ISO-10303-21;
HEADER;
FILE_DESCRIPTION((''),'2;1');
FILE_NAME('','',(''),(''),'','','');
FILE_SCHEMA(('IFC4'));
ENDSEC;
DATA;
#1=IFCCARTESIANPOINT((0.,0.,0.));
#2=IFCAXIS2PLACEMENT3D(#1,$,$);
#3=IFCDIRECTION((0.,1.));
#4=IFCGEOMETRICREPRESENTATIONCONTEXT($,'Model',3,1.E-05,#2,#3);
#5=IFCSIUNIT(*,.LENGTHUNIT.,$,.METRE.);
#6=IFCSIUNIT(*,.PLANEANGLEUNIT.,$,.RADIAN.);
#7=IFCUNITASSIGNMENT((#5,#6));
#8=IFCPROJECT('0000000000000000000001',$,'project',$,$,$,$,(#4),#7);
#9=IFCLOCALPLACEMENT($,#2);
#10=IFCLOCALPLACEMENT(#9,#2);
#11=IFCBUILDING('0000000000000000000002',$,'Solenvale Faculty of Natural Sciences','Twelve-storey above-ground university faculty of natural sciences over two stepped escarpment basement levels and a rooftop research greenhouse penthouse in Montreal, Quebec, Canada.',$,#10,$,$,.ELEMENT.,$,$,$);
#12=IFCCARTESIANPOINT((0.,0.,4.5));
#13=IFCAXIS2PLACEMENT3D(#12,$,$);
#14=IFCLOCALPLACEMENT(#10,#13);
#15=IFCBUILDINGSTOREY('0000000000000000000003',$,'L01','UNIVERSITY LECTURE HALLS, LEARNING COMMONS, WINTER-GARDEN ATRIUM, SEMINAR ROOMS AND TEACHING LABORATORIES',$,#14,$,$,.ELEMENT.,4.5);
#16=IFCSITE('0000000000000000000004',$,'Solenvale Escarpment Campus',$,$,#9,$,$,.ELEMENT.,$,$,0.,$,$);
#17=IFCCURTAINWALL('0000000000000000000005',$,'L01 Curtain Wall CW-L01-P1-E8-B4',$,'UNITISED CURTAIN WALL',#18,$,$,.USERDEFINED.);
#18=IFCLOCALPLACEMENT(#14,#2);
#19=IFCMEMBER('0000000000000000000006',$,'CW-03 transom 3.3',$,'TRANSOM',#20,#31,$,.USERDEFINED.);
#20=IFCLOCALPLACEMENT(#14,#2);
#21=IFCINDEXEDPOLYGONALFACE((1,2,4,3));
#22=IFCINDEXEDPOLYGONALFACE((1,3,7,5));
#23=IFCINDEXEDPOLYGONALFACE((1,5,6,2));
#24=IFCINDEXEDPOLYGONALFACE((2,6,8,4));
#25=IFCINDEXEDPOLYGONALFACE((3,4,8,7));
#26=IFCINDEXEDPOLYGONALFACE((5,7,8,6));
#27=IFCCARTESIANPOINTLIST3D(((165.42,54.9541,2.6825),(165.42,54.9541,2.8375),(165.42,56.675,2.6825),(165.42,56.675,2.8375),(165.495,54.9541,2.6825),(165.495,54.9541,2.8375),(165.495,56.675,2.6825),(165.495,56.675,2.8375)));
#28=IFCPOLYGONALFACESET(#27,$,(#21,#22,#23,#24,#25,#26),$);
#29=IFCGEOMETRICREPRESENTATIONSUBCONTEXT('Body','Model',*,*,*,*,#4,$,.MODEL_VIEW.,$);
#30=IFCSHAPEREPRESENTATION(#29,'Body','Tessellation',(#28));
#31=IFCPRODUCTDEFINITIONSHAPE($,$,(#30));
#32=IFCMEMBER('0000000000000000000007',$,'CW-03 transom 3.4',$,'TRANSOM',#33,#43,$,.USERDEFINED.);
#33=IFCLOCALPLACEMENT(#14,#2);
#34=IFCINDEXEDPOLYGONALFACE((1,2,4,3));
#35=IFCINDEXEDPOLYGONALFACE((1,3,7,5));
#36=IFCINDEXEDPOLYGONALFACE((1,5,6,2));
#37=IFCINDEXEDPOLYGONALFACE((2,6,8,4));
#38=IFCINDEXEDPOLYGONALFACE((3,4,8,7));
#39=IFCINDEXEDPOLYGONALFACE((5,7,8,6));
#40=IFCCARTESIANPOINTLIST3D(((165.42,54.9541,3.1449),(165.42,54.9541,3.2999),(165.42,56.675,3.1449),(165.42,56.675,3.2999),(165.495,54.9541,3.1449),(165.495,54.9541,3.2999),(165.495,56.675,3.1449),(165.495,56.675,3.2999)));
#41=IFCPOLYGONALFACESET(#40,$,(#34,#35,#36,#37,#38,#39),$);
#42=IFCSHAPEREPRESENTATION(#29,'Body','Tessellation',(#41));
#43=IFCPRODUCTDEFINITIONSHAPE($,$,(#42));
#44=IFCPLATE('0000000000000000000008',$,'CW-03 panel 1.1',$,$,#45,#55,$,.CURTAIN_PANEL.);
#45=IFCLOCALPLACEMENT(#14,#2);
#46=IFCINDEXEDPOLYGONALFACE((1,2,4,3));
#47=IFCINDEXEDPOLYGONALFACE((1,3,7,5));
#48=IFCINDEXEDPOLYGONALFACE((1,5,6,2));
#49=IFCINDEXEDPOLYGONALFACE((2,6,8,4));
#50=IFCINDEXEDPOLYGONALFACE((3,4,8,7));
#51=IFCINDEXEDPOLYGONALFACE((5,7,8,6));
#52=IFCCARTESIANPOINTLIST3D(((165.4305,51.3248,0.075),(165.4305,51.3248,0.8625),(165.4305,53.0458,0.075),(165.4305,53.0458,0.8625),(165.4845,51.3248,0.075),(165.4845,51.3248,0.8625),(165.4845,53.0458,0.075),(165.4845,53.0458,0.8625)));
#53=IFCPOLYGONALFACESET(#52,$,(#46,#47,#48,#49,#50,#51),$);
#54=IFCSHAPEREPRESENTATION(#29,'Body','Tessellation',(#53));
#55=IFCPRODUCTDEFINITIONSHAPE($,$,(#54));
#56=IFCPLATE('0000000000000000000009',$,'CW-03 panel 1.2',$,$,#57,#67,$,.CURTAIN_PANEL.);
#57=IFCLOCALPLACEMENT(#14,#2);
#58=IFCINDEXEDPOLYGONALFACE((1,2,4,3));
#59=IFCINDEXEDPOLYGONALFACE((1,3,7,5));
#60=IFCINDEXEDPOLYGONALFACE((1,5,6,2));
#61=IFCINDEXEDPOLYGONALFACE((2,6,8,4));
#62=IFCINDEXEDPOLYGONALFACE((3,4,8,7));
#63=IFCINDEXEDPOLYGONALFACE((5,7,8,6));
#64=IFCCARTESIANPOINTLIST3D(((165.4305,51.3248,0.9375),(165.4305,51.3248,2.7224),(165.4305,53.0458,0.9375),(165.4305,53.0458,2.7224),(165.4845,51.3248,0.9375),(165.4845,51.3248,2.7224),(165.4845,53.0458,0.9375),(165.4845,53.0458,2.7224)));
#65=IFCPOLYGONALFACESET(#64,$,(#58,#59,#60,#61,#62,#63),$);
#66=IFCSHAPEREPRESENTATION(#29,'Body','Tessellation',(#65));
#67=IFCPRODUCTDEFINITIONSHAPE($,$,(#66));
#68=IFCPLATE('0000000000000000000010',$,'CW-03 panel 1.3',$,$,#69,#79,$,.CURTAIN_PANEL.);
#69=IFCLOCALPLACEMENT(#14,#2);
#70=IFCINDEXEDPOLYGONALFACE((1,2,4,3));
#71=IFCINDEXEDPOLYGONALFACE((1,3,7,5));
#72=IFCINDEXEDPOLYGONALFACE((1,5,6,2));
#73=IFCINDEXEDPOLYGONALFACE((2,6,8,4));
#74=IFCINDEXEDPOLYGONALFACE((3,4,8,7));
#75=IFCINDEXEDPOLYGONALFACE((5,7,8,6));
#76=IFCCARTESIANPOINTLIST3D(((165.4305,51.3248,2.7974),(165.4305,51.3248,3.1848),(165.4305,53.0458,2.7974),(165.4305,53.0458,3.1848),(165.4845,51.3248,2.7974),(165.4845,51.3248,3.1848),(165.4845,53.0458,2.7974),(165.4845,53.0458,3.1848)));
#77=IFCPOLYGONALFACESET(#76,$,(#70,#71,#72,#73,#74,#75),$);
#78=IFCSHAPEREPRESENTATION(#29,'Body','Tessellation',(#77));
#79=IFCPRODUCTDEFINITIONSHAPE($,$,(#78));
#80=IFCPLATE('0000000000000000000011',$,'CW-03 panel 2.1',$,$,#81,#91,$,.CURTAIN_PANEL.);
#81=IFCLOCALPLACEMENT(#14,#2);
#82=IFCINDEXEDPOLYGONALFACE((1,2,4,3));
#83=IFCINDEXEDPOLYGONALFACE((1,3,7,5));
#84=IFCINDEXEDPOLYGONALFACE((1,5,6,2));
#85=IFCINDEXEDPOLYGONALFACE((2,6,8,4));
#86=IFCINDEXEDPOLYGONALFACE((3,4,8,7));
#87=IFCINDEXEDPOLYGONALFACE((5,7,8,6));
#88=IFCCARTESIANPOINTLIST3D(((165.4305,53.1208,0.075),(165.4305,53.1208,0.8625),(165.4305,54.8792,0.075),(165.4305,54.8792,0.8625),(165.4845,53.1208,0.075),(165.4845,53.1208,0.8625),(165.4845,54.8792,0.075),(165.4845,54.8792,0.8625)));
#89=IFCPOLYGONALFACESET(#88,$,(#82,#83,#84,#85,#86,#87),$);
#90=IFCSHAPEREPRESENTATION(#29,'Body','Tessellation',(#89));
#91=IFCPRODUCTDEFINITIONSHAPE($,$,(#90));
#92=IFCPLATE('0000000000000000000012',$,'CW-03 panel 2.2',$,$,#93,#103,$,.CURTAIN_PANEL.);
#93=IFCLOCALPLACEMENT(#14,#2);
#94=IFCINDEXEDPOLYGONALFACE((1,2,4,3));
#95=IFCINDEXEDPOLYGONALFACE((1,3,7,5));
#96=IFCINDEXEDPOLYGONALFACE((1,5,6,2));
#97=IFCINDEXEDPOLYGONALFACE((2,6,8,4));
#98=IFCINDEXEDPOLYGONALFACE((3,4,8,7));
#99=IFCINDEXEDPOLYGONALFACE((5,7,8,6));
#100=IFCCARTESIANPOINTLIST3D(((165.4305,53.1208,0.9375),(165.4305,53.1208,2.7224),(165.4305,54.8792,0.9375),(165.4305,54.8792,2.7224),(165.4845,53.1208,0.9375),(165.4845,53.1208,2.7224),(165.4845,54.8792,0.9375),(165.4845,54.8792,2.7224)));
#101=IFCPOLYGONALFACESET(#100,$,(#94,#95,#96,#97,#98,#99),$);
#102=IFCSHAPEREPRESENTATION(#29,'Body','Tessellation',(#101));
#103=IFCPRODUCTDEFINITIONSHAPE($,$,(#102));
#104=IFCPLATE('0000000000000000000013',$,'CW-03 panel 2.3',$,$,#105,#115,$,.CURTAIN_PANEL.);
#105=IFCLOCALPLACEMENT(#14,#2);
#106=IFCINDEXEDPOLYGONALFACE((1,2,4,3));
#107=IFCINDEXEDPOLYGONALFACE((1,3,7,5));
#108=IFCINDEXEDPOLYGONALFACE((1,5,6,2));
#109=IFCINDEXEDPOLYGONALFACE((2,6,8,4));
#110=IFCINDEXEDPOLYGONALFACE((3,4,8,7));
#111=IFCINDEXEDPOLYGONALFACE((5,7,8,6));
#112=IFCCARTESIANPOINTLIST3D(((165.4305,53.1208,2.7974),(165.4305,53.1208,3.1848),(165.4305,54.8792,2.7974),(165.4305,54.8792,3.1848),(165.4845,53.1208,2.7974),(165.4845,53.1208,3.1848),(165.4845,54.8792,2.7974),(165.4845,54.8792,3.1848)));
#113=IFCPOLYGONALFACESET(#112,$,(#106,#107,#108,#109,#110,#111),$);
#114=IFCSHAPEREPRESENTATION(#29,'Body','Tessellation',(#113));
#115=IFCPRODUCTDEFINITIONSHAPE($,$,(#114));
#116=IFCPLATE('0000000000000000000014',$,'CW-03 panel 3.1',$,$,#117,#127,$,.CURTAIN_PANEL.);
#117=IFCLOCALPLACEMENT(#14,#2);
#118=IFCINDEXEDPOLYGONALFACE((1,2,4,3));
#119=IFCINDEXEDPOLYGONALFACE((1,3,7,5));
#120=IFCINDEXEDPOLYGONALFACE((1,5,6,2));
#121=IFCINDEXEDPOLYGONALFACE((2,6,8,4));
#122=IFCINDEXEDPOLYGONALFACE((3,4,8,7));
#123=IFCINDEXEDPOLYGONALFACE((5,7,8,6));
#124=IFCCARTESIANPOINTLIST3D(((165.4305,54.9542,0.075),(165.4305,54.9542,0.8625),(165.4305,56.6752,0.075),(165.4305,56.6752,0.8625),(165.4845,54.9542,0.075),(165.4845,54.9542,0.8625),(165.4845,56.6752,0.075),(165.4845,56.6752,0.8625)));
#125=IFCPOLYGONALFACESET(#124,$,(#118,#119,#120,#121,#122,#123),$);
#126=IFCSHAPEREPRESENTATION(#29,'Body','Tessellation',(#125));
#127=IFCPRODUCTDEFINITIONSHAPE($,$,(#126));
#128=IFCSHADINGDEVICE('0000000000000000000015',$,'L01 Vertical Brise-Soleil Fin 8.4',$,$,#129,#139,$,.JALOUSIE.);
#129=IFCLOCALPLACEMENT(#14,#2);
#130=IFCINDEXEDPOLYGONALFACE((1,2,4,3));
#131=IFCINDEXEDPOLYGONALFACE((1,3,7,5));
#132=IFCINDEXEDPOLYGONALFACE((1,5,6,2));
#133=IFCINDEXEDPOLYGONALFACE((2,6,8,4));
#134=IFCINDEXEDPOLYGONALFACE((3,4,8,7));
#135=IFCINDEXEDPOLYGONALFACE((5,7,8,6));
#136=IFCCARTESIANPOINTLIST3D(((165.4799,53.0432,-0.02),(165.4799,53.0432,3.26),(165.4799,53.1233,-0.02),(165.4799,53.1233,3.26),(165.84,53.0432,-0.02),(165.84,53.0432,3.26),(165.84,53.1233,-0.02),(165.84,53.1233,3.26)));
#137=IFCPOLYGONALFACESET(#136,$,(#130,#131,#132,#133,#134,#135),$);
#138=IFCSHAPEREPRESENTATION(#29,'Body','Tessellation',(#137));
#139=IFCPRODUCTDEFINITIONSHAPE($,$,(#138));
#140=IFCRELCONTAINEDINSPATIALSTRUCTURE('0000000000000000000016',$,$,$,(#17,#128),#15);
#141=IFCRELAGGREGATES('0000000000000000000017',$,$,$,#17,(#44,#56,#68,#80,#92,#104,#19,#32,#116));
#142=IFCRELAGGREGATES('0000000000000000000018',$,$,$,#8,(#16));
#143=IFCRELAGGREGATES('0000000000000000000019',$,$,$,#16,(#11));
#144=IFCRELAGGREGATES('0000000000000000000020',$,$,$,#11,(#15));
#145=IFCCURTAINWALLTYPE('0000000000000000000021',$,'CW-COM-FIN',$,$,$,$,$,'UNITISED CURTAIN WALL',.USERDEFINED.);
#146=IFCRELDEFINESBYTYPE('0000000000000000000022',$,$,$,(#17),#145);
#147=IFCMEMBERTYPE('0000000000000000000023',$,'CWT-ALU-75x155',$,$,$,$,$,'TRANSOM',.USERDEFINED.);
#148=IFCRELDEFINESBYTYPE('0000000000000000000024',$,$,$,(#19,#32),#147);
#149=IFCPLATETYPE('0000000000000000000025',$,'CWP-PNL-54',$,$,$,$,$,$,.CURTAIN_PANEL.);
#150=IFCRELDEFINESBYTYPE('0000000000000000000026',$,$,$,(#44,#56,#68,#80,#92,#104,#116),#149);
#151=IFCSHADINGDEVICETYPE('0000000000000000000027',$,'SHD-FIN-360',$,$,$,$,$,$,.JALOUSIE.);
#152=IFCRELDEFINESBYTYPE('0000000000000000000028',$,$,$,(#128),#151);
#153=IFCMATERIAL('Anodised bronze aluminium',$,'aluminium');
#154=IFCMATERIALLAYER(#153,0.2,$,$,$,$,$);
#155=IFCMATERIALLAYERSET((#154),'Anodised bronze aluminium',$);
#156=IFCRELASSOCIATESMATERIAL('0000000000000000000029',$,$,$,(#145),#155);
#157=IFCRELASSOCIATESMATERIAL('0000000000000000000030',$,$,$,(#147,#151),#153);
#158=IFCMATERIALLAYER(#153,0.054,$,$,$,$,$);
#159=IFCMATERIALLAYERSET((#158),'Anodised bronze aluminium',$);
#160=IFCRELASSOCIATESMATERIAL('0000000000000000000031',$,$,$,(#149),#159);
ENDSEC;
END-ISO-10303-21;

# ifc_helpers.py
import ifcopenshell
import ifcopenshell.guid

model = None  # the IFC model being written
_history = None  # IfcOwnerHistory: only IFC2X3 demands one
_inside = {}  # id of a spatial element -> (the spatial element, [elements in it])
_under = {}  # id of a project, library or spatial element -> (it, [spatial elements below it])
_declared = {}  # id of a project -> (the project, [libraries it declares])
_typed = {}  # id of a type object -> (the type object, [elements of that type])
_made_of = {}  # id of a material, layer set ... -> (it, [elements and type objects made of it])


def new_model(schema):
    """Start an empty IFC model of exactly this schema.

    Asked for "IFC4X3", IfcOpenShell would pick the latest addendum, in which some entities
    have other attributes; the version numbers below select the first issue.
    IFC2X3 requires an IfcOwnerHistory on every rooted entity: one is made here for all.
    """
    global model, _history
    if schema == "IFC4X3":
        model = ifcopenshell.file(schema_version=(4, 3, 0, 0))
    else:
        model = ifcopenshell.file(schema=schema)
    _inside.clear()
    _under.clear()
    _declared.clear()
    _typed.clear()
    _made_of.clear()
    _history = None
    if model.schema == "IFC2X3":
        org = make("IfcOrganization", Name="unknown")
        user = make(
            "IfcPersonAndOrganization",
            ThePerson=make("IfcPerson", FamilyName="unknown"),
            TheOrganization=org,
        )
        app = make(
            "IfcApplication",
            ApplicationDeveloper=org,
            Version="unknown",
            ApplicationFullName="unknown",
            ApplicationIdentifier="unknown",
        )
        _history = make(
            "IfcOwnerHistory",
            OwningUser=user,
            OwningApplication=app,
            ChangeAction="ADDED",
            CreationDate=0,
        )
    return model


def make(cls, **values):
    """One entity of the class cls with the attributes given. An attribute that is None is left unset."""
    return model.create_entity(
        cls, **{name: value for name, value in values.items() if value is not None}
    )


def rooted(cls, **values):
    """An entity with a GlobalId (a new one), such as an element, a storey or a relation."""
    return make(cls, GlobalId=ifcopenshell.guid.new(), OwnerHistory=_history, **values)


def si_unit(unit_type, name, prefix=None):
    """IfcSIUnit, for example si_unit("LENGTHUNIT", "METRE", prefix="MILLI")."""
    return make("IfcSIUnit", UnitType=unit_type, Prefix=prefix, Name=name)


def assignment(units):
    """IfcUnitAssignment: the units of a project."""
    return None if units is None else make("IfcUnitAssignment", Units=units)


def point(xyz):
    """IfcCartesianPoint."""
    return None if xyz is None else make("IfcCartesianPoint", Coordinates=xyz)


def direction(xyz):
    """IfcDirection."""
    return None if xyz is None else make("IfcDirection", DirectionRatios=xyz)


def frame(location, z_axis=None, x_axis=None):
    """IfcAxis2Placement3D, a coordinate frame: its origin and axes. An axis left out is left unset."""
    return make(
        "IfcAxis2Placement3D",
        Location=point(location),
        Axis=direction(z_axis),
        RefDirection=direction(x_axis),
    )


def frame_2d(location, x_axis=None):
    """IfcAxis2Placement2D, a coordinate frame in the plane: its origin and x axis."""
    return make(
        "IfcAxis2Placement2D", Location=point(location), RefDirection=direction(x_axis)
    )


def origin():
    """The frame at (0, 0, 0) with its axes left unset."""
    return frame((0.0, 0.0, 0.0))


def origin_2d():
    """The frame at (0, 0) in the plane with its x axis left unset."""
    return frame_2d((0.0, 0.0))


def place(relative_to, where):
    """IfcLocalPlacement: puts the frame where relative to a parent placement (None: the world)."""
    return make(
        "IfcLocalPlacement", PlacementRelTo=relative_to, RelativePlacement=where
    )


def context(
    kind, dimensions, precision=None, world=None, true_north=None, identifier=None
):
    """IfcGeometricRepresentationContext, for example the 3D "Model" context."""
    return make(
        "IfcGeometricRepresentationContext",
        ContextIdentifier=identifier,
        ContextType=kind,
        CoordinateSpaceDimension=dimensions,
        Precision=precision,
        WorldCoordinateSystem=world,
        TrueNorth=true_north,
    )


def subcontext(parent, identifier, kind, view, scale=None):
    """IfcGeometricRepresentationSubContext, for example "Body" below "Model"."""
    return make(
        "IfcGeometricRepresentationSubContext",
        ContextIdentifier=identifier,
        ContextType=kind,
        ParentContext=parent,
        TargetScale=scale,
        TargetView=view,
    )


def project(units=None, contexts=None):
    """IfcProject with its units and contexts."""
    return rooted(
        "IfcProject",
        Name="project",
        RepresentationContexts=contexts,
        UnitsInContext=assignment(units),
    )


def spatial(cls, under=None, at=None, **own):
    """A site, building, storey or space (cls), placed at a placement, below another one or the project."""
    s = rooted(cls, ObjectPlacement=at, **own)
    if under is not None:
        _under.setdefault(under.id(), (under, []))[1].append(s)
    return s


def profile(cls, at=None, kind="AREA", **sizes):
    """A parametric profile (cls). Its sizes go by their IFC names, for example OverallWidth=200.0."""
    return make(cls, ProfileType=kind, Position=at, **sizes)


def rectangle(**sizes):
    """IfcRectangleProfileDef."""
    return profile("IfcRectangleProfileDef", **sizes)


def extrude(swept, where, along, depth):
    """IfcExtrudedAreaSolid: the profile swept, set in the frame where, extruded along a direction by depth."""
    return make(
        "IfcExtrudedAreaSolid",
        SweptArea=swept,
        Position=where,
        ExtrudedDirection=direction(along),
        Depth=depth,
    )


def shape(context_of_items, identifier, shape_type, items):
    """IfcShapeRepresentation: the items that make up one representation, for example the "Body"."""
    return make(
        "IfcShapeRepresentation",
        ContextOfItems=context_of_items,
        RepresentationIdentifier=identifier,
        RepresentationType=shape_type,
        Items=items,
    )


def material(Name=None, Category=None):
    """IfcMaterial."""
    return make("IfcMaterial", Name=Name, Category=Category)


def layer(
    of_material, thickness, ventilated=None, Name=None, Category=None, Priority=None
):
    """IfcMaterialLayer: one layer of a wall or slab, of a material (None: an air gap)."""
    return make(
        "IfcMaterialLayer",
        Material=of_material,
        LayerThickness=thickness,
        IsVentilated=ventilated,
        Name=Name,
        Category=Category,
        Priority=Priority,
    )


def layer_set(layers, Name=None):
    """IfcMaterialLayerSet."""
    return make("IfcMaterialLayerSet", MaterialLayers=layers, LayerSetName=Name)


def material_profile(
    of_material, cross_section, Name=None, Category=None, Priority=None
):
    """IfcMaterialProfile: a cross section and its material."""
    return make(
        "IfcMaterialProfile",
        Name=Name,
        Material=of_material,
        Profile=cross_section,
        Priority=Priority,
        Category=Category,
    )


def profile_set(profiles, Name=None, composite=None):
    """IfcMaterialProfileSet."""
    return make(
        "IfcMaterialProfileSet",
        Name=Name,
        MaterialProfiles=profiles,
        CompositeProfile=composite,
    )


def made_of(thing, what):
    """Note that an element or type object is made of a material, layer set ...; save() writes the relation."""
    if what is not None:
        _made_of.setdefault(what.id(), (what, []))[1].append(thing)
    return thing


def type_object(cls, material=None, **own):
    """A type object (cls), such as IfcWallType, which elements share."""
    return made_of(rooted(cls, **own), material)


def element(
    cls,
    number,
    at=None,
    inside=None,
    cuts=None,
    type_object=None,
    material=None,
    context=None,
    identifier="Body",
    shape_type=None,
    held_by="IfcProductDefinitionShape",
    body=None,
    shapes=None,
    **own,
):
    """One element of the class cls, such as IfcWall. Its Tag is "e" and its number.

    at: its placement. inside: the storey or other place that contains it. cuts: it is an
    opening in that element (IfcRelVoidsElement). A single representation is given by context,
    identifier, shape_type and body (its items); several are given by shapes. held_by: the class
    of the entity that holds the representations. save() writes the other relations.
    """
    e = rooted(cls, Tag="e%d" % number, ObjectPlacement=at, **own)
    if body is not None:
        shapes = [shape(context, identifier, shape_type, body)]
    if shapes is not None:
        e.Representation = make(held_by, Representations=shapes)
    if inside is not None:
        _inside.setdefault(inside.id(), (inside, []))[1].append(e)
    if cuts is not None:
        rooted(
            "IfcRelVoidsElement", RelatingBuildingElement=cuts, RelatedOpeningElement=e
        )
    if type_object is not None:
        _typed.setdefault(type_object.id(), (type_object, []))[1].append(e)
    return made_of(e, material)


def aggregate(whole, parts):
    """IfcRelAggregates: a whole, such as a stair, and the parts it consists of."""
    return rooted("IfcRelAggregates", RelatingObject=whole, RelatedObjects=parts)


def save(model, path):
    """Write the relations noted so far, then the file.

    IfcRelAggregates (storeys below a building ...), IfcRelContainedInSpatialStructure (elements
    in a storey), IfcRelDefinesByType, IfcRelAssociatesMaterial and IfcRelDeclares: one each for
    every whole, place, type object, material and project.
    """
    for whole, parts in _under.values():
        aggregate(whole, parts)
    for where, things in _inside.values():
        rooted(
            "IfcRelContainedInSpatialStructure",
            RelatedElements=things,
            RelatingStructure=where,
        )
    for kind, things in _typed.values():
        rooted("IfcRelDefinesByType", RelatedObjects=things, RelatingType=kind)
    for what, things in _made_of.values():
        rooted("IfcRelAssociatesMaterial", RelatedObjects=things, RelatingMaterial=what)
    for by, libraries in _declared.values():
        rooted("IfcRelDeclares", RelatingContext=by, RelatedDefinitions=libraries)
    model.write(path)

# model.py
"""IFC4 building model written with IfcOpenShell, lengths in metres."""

from ifc_helpers import new_model, si_unit, direction, frame, origin, origin_2d, place, context, subcontext, project, spatial, rectangle, extrude, material, layer, layer_set, material_profile, profile_set, type_object, element, aggregate, save


model = new_model("IFC4")

# Units and contexts
model_context = context("Model", 3, precision=1e-05, world=origin(), true_north=direction((0.0, 1.0)))
body_context = subcontext(model_context, "Body", "Model", "MODEL_VIEW")
ifc_project = project(units=[si_unit("LENGTHUNIT", "METRE"), si_unit("PLANEANGLEUNIT", "RADIAN")], contexts=[model_context])

# Site, building, storey
site_placement = place(None, origin())
site = spatial("IfcSite", under=ifc_project, at=site_placement, Name="Solenvale Escarpment Campus", CompositionType="ELEMENT", RefElevation=0.0)
building_placement = place(site_placement, origin())
building = spatial("IfcBuilding", under=site, at=building_placement, Name="Solenvale Faculty of Natural Sciences", Description="Twelve-storey above-ground university faculty of natural sciences over two stepped escarpment basement levels and a rooftop research greenhouse penthouse in Montreal, Quebec, Canada.", CompositionType="ELEMENT")
storey_placement = place(building_placement, frame((0.0, 0.0, 4.5)))
storey = spatial("IfcBuildingStorey", under=building, at=storey_placement, Name="L01", Description="UNIVERSITY LECTURE HALLS, LEARNING COMMONS, WINTER-GARDEN ATRIUM, SEMINAR ROOMS AND TEACHING LABORATORIES", CompositionType="ELEMENT", Elevation=4.5)

# Curtain wall, members, plates
ifc_material_1 = material(Name="Anodised bronze aluminium", Category="aluminium")
ifc_layer_1 = layer(ifc_material_1, 0.2)
ifc_layer_set_1 = layer_set([ifc_layer_1], Name="Anodised bronze aluminium")
curtain_wall_type = type_object("IfcCurtainWallType", Name="CW-COM-FIN", ElementType="UNITISED CURTAIN WALL", PredefinedType="USERDEFINED", material=ifc_layer_set_1)
curtain_wall_placement = place(storey_placement, origin())
curtain_wall = element("IfcCurtainWall", 1, at=curtain_wall_placement, inside=storey, type_object=curtain_wall_type, Name="L01 Curtain Wall CW-L01-P1-E8-B4", ObjectType="UNITISED CURTAIN WALL", PredefinedType="USERDEFINED")
ifc_material_profile_1 = material_profile(ifc_material_1, rectangle(XDim=0.075, YDim=0.155, at=origin_2d()), Name="ALU-TRN-75x155")
ifc_profile_set_1 = profile_set([ifc_material_profile_1], Name="Anodised bronze aluminium")
member_type_1 = type_object("IfcMemberType", Name="CWT-ALU-75x155", ElementType="TRANSOM", PredefinedType="USERDEFINED", material=ifc_profile_set_1)
member_1_placement = place(storey_placement, frame((165.4575, 54.9541, 2.76), z_axis=(0.0, 1.0, 0.0), x_axis=(-1.0, 0.0, 0.0)))
member_1 = element("IfcMember", 2, at=member_1_placement, type_object=member_type_1, Name="CW-03 transom 3.3", ObjectType="TRANSOM", PredefinedType="USERDEFINED", context=body_context, shape_type="SweptSolid", body=[
    extrude(rectangle(XDim=0.075, YDim=0.155, at=origin_2d()), origin(), (0.0, 0.0, 1.0), 1.7209),
])
member_2_placement = place(storey_placement, frame((165.4575, 54.9541, 3.2224), z_axis=(0.0, 1.0, 0.0), x_axis=(-1.0, 0.0, 0.0)))
member_2 = element("IfcMember", 3, at=member_2_placement, type_object=member_type_1, Name="CW-03 transom 3.4", ObjectType="TRANSOM", PredefinedType="USERDEFINED", context=body_context, shape_type="SweptSolid", body=[
    extrude(rectangle(XDim=0.075, YDim=0.155, at=origin_2d()), origin(), (0.0, 0.0, 1.0), 1.7209),
])
ifc_layer_2 = layer(ifc_material_1, 0.054)
ifc_layer_set_2 = layer_set([ifc_layer_2], Name="Anodised bronze aluminium")
plate_type = type_object("IfcPlateType", Name="CWP-PNL-54", PredefinedType="CURTAIN_PANEL", material=ifc_layer_set_2)
plate_1_placement = place(storey_placement, frame((165.4575, 52.1853, 0.075), z_axis=(0.0, 0.0, 1.0), x_axis=(0.0, 1.0, 0.0)))
plate_1 = element("IfcPlate", 4, at=plate_1_placement, type_object=plate_type, Name="CW-03 panel 1.1", PredefinedType="CURTAIN_PANEL", context=body_context, shape_type="SweptSolid", body=[
    extrude(rectangle(XDim=1.7209, YDim=0.054, at=origin_2d()), origin(), (0.0, 0.0, 1.0), 0.7876),
])
plate_2_placement = place(storey_placement, frame((165.4575, 52.1853, 0.9375), z_axis=(0.0, 0.0, 1.0), x_axis=(0.0, 1.0, 0.0)))
plate_2 = element("IfcPlate", 5, at=plate_2_placement, type_object=plate_type, Name="CW-03 panel 1.2", PredefinedType="CURTAIN_PANEL", context=body_context, shape_type="SweptSolid", body=[
    extrude(rectangle(XDim=1.7209, YDim=0.054, at=origin_2d()), origin(), (0.0, 0.0, 1.0), 1.7849),
])
plate_3_placement = place(storey_placement, frame((165.4575, 52.1853, 2.7974), z_axis=(0.0, 0.0, 1.0), x_axis=(0.0, 1.0, 0.0)))
plate_3 = element("IfcPlate", 6, at=plate_3_placement, type_object=plate_type, Name="CW-03 panel 1.3", PredefinedType="CURTAIN_PANEL", context=body_context, shape_type="SweptSolid", body=[
    extrude(rectangle(XDim=1.7209, YDim=0.054, at=origin_2d()), origin(), (0.0, 0.0, 1.0), 0.3875),
])
plate_4_placement = place(storey_placement, frame((165.4575, 54.0, 0.075), z_axis=(0.0, 0.0, 1.0), x_axis=(0.0, 1.0, 0.0)))
plate_4 = element("IfcPlate", 7, at=plate_4_placement, type_object=plate_type, Name="CW-03 panel 2.1", PredefinedType="CURTAIN_PANEL", context=body_context, shape_type="SweptSolid", body=[
    extrude(rectangle(XDim=1.7583, YDim=0.054, at=origin_2d()), origin(), (0.0, 0.0, 1.0), 0.7876),
])
plate_5_placement = place(storey_placement, frame((165.4575, 54.0, 0.9375), z_axis=(0.0, 0.0, 1.0), x_axis=(0.0, 1.0, 0.0)))
plate_5 = element("IfcPlate", 8, at=plate_5_placement, type_object=plate_type, Name="CW-03 panel 2.2", PredefinedType="CURTAIN_PANEL", context=body_context, shape_type="SweptSolid", body=[
    extrude(rectangle(XDim=1.7583, YDim=0.054, at=origin_2d()), origin(), (0.0, 0.0, 1.0), 1.7849),
])
plate_6_placement = place(storey_placement, frame((165.4575, 54.0, 2.7974), z_axis=(0.0, 0.0, 1.0), x_axis=(0.0, 1.0, 0.0)))
plate_6 = element("IfcPlate", 9, at=plate_6_placement, type_object=plate_type, Name="CW-03 panel 2.3", PredefinedType="CURTAIN_PANEL", context=body_context, shape_type="SweptSolid", body=[
    extrude(rectangle(XDim=1.7583, YDim=0.054, at=origin_2d()), origin(), (0.0, 0.0, 1.0), 0.3875),
])
plate_7_placement = place(storey_placement, frame((165.4575, 55.8147, 0.075), z_axis=(0.0, 0.0, 1.0), x_axis=(0.0, 1.0, 0.0)))
plate_7 = element("IfcPlate", 10, at=plate_7_placement, type_object=plate_type, Name="CW-03 panel 3.1", PredefinedType="CURTAIN_PANEL", context=body_context, shape_type="SweptSolid", body=[
    extrude(rectangle(XDim=1.7209, YDim=0.054, at=origin_2d()), origin(), (0.0, 0.0, 1.0), 0.7876),
])
aggregate(curtain_wall, [plate_1, plate_2, plate_3, plate_4, plate_5, plate_6, member_1, member_2, plate_7])

# Shading device
ifc_material_profile_2 = material_profile(ifc_material_1, rectangle(XDim=0.0801, YDim=0.3601, at=origin_2d()), Name="ALU-FIN-80x360")
ifc_profile_set_2 = profile_set([ifc_material_profile_2], Name="Anodised bronze aluminium")
shading_device_type = type_object("IfcShadingDeviceType", Name="SHD-FIN-360", PredefinedType="JALOUSIE", material=ifc_profile_set_2)
shading_device_placement = place(storey_placement, frame((165.6599, 53.0833, -0.02), z_axis=(0.0, 0.0, 1.0), x_axis=(0.0, 1.0, 0.0)))
element("IfcShadingDevice", 11, at=shading_device_placement, inside=storey, type_object=shading_device_type, Name="L01 Vertical Brise-Soleil Fin 8.4", PredefinedType="JALOUSIE", context=body_context, shape_type="SweptSolid", body=[
    extrude(rectangle(XDim=0.0801, YDim=0.3601, at=origin_2d()), origin(), (0.0, 0.0, 1.0), 3.28),
])

save(model, "model.ifc")
